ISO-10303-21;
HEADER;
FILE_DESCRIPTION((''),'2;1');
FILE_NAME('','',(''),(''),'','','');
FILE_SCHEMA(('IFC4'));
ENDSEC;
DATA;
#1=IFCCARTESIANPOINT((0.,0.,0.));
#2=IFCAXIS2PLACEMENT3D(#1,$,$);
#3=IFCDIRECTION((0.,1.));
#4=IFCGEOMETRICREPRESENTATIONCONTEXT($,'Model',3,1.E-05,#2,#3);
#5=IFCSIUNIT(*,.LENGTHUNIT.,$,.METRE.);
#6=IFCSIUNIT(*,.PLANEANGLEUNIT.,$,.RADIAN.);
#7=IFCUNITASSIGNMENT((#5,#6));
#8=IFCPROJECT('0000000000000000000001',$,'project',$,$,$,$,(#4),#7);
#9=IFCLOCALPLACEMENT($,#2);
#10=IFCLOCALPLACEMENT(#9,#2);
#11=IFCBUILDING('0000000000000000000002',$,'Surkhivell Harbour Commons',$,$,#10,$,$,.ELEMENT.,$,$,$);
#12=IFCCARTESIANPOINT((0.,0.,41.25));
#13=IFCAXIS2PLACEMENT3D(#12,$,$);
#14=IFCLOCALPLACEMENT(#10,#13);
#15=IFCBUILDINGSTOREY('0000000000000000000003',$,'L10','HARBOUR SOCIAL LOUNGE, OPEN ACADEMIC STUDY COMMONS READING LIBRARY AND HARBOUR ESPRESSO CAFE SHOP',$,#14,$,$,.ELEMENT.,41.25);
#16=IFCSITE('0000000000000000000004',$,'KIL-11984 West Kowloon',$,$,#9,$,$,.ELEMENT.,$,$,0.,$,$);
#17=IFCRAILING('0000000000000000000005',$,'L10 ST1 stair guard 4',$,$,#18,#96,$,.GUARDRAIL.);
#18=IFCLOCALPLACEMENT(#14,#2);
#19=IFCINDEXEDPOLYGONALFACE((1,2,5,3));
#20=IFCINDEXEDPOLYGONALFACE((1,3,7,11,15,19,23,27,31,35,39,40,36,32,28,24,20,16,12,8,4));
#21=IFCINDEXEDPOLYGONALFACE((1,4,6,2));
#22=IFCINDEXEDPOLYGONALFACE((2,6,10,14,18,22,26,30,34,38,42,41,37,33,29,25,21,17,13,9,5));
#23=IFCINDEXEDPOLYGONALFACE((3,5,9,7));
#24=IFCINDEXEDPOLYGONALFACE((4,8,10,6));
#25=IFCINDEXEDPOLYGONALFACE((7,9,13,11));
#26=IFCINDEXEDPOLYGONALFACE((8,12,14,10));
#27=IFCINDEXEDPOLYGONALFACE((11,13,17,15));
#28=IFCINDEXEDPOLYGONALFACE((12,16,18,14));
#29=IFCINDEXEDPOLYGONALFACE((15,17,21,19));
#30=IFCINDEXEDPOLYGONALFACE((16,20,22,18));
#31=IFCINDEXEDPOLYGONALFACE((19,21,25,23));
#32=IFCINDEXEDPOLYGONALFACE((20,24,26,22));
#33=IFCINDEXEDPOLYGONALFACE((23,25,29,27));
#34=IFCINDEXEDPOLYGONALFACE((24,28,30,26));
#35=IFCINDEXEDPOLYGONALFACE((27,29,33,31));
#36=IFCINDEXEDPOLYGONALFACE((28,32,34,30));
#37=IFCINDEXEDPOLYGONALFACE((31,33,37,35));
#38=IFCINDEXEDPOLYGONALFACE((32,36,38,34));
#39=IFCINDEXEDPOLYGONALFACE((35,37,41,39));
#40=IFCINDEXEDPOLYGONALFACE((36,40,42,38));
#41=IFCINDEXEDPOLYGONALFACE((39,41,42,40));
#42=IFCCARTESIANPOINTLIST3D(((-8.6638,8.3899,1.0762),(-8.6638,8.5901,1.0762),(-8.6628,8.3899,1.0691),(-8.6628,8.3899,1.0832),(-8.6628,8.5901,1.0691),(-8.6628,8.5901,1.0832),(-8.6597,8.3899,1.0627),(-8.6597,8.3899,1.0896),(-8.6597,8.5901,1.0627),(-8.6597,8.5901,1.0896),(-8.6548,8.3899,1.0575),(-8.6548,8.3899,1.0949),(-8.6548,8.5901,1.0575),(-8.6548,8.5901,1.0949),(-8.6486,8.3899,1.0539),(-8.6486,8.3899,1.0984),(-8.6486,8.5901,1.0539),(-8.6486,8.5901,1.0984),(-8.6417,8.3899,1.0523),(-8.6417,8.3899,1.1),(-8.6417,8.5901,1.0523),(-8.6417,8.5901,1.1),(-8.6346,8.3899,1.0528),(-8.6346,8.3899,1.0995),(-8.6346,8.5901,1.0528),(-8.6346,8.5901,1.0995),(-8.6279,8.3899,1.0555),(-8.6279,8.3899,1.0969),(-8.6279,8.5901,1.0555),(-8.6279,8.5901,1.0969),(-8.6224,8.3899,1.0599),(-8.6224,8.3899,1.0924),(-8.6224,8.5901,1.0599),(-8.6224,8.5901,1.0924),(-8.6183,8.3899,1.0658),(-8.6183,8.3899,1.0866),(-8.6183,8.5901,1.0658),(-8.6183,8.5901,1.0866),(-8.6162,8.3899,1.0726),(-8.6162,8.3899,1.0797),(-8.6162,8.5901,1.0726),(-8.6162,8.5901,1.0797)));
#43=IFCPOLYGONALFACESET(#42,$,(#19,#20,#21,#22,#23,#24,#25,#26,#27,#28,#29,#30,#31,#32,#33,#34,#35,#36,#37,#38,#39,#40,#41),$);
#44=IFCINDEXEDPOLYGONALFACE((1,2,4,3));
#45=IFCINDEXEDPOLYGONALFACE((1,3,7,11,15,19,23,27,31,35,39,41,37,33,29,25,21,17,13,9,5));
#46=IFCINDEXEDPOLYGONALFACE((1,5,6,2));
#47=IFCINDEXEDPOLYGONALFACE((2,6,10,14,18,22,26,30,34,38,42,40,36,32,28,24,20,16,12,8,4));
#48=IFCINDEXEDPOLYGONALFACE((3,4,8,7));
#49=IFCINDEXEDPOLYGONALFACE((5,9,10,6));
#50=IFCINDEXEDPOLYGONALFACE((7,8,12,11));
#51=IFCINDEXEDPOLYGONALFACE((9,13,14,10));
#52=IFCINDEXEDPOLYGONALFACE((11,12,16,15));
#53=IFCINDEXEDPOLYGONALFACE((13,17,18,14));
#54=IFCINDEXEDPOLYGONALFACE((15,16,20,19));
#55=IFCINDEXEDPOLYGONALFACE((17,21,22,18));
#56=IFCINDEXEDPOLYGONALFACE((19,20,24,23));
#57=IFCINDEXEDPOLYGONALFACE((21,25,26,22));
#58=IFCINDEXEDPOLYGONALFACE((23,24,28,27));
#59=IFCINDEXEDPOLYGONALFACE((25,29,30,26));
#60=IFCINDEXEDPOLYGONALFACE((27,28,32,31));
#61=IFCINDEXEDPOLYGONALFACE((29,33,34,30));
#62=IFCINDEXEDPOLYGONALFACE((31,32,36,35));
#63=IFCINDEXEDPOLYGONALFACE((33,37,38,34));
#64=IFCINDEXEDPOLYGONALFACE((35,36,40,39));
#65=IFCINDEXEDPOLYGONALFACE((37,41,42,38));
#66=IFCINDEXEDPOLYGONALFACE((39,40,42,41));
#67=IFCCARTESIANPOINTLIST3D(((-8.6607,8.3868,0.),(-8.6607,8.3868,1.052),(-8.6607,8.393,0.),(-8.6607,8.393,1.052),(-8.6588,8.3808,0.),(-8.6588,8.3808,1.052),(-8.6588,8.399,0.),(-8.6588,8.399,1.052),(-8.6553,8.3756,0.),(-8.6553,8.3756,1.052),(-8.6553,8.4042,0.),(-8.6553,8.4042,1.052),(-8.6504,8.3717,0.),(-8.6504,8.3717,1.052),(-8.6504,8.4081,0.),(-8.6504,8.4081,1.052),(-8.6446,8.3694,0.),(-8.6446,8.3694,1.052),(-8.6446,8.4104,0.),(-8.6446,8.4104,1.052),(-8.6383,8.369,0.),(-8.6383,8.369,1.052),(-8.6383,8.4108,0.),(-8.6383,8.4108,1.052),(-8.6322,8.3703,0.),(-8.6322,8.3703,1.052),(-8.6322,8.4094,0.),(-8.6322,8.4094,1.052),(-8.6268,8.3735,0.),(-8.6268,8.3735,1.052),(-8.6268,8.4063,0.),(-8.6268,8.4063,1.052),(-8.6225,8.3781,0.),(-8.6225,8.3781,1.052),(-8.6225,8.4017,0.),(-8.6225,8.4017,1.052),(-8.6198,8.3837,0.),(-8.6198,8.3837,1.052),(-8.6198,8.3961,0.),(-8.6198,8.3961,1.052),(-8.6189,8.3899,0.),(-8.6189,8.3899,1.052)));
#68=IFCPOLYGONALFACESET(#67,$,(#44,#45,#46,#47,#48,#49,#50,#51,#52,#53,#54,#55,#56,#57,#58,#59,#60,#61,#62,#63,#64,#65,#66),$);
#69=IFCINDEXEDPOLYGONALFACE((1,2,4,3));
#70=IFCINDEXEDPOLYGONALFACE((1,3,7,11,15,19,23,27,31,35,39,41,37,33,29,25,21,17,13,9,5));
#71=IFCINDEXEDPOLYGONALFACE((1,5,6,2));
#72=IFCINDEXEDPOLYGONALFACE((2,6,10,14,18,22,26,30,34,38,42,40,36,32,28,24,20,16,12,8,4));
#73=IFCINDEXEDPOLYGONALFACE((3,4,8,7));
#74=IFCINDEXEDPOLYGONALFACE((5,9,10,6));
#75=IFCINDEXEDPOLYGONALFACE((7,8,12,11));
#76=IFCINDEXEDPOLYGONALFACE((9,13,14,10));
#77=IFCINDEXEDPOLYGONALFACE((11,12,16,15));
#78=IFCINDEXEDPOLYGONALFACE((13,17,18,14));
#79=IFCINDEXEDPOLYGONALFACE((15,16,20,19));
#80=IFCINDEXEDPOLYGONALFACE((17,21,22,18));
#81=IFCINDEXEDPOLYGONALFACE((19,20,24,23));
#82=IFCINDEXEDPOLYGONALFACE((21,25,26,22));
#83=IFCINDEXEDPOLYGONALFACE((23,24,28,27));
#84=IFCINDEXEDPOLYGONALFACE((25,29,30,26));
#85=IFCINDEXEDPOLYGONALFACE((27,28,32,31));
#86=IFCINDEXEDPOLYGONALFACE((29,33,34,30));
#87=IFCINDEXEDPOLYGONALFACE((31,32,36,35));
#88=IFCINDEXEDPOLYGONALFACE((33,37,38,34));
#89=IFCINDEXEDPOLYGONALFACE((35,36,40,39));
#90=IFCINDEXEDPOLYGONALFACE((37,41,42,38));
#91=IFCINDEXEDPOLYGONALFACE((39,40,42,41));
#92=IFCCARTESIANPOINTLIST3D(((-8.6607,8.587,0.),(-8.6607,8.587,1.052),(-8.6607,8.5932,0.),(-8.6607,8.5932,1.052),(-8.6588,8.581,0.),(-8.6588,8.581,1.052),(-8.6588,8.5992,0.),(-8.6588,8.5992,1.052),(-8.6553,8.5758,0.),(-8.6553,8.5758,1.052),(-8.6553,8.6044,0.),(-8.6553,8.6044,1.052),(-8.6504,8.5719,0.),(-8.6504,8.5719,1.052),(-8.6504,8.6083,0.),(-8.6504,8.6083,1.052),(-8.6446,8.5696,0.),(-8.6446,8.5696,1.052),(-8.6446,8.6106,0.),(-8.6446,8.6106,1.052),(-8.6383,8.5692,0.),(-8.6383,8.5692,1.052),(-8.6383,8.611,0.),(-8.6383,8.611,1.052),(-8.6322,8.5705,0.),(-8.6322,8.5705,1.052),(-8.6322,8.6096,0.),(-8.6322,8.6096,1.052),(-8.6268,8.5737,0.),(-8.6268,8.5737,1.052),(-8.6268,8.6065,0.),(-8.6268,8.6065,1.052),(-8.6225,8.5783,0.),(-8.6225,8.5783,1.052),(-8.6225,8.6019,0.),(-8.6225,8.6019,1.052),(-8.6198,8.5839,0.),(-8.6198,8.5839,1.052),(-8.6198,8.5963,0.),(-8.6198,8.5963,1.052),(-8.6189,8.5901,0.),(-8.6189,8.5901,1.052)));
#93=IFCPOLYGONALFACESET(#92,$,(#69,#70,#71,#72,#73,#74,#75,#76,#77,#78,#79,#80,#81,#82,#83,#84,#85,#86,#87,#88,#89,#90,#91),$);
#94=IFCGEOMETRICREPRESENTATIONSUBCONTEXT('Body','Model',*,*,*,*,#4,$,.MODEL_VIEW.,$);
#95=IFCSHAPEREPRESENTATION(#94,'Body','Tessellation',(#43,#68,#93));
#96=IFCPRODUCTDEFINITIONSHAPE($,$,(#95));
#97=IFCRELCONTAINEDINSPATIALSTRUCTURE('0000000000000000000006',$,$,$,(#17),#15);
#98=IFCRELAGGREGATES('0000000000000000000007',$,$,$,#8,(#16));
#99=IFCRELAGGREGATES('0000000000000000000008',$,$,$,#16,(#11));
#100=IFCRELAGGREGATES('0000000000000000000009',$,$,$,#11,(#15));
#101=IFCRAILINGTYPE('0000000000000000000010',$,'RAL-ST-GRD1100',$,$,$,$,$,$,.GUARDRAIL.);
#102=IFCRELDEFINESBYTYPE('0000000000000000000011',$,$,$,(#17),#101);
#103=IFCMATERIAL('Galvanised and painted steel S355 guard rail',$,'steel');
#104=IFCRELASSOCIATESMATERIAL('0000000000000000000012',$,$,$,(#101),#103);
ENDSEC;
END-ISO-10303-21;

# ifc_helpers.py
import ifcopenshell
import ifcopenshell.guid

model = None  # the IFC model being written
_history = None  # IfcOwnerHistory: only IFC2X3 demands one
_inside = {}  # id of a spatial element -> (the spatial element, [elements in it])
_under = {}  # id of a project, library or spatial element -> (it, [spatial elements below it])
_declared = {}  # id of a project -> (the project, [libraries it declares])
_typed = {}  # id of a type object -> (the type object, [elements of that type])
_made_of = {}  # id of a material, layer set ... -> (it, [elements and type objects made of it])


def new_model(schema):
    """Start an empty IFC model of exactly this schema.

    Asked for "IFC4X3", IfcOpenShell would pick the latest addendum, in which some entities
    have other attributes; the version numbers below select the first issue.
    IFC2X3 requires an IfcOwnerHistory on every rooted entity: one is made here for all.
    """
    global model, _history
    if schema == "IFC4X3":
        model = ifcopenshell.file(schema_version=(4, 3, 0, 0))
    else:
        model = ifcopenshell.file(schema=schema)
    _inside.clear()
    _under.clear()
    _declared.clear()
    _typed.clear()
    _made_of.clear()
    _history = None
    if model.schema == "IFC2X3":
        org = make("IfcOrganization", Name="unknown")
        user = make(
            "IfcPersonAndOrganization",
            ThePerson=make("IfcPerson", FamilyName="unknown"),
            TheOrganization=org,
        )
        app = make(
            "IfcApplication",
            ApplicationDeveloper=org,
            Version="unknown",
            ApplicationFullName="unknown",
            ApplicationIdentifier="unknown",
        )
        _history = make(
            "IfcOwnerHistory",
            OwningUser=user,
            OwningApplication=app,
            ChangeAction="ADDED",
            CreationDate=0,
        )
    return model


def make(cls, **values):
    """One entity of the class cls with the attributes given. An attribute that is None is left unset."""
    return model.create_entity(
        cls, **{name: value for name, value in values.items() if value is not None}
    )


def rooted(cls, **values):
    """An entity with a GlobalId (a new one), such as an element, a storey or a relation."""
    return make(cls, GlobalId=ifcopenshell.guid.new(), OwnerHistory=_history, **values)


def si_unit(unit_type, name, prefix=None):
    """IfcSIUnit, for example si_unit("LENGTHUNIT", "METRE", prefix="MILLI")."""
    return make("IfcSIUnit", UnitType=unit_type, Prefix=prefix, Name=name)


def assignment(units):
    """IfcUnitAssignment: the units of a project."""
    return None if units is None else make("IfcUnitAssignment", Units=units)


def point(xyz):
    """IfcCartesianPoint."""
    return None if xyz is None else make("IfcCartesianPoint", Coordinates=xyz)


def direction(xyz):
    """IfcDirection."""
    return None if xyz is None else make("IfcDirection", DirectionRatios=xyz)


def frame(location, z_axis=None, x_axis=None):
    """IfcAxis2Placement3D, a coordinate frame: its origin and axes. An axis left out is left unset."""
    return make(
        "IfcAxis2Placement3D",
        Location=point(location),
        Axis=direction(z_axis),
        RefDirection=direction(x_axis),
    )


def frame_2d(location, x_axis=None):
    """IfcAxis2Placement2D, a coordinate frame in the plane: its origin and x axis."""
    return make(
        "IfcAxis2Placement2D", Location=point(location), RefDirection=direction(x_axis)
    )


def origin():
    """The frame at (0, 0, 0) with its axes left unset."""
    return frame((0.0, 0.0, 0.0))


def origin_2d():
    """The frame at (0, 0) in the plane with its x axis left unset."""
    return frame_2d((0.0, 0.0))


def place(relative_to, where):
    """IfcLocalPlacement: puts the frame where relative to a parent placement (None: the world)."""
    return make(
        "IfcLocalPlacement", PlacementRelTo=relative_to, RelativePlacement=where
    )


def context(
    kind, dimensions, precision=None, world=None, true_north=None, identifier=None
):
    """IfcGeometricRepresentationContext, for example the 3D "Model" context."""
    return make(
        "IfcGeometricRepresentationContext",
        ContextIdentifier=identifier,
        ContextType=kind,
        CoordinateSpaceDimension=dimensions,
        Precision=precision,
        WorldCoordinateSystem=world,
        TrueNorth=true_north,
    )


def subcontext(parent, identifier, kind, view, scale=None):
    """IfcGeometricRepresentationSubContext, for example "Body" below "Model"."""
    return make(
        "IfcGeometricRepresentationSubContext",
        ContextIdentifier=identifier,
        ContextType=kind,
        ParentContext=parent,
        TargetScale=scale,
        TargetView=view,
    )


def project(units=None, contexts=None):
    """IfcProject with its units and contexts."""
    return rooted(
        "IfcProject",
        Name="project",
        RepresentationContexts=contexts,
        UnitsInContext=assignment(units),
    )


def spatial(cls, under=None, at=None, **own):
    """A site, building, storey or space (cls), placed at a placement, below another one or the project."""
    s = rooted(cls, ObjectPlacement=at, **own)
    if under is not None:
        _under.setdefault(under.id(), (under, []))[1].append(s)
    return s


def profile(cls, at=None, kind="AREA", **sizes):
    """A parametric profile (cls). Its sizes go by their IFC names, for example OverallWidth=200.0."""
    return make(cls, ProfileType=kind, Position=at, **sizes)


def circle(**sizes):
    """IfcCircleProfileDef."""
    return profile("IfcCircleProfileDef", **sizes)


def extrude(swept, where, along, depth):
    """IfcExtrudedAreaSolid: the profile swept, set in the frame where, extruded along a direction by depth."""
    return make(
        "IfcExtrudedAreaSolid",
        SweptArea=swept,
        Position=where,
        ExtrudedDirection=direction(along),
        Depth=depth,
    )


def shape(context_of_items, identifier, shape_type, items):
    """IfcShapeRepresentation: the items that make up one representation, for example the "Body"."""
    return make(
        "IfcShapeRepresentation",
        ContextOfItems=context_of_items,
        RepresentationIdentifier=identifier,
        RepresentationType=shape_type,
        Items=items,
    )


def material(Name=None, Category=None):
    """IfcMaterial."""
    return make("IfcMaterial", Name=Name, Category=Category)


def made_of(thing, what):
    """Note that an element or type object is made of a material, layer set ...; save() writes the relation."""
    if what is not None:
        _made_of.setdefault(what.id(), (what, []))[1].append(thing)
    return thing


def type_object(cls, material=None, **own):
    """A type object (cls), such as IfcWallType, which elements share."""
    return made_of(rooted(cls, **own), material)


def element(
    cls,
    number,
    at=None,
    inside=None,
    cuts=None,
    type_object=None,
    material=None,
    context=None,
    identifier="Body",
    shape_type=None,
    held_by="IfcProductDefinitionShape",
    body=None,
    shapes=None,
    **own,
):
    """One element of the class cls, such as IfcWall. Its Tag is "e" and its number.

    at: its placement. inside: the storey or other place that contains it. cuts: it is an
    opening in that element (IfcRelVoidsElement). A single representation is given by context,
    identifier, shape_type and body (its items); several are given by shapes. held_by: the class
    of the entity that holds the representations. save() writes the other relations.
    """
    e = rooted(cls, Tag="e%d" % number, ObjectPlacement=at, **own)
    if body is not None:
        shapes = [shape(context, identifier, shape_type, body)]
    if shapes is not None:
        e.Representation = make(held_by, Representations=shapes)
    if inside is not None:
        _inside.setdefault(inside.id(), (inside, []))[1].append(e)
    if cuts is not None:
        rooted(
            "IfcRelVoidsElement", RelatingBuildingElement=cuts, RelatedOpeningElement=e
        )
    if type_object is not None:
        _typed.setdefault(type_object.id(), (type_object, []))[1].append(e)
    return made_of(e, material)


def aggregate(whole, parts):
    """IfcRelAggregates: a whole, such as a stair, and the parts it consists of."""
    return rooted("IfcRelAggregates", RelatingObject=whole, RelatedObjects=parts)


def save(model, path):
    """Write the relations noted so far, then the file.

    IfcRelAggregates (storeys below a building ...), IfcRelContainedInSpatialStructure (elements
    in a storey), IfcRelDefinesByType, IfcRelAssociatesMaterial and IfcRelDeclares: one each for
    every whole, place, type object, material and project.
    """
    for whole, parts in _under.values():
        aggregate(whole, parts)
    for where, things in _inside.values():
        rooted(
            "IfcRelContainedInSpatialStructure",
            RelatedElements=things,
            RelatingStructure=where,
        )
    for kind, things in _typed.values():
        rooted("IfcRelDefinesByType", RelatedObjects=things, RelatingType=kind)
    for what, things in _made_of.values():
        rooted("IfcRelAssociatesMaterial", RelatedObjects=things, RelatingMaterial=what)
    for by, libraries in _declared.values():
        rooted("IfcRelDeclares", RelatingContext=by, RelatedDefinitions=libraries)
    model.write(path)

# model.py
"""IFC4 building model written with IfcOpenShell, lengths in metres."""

from ifc_helpers import new_model, si_unit, direction, frame, origin, origin_2d, place, context, subcontext, project, spatial, circle, extrude, material, type_object, element, save


model = new_model("IFC4")

# Units and contexts
model_context = context("Model", 3, precision=1e-05, world=origin(), true_north=direction((0.0, 1.0)))
body_context = subcontext(model_context, "Body", "Model", "MODEL_VIEW")
ifc_project = project(units=[si_unit("LENGTHUNIT", "METRE"), si_unit("PLANEANGLEUNIT", "RADIAN")], contexts=[model_context])

# Site, building, storey
site_placement = place(None, origin())
site = spatial("IfcSite", under=ifc_project, at=site_placement, Name="KIL-11984 West Kowloon", CompositionType="ELEMENT", RefElevation=0.0)
building_placement = place(site_placement, origin())
building = spatial("IfcBuilding", under=site, at=building_placement, Name="Surkhivell Harbour Commons", CompositionType="ELEMENT")
storey_placement = place(building_placement, frame((0.0, 0.0, 41.25)))
storey = spatial("IfcBuildingStorey", under=building, at=storey_placement, Name="L10", Description="HARBOUR SOCIAL LOUNGE, OPEN ACADEMIC STUDY COMMONS READING LIBRARY AND HARBOUR ESPRESSO CAFE SHOP", CompositionType="ELEMENT", Elevation=41.25)

# Railing
ifc_material_1 = material(Name="Galvanised and painted steel S355 guard rail", Category="steel")
railing_type_1 = type_object("IfcRailingType", Name="RAL-ST-GRD1100", PredefinedType="GUARDRAIL", material=ifc_material_1)
railing_1_placement = place(storey_placement, frame((-8.6399, 8.3899, 0.0)))
element("IfcRailing", 1, at=railing_1_placement, inside=storey, type_object=railing_type_1, Name="L10 ST1 stair guard 4", PredefinedType="GUARDRAIL", context=body_context, shape_type="SweptSolid", body=[
    extrude(circle(Radius=0.0239, at=origin_2d()), frame((0.0, 0.0, 1.0762), z_axis=(0.0, 1.0, 0.0), x_axis=(-1.0, 0.0, 0.0)), (0.0, 0.0, 1.0), 0.2002),
    extrude(circle(Radius=0.021, at=origin_2d()), origin(), (0.0, 0.0, 1.0), 1.052),
    extrude(circle(Radius=0.021, at=origin_2d()), frame((0.0, 0.2002, 0.0)), (0.0, 0.0, 1.0), 1.052),
])

save(model, "model.ifc")
